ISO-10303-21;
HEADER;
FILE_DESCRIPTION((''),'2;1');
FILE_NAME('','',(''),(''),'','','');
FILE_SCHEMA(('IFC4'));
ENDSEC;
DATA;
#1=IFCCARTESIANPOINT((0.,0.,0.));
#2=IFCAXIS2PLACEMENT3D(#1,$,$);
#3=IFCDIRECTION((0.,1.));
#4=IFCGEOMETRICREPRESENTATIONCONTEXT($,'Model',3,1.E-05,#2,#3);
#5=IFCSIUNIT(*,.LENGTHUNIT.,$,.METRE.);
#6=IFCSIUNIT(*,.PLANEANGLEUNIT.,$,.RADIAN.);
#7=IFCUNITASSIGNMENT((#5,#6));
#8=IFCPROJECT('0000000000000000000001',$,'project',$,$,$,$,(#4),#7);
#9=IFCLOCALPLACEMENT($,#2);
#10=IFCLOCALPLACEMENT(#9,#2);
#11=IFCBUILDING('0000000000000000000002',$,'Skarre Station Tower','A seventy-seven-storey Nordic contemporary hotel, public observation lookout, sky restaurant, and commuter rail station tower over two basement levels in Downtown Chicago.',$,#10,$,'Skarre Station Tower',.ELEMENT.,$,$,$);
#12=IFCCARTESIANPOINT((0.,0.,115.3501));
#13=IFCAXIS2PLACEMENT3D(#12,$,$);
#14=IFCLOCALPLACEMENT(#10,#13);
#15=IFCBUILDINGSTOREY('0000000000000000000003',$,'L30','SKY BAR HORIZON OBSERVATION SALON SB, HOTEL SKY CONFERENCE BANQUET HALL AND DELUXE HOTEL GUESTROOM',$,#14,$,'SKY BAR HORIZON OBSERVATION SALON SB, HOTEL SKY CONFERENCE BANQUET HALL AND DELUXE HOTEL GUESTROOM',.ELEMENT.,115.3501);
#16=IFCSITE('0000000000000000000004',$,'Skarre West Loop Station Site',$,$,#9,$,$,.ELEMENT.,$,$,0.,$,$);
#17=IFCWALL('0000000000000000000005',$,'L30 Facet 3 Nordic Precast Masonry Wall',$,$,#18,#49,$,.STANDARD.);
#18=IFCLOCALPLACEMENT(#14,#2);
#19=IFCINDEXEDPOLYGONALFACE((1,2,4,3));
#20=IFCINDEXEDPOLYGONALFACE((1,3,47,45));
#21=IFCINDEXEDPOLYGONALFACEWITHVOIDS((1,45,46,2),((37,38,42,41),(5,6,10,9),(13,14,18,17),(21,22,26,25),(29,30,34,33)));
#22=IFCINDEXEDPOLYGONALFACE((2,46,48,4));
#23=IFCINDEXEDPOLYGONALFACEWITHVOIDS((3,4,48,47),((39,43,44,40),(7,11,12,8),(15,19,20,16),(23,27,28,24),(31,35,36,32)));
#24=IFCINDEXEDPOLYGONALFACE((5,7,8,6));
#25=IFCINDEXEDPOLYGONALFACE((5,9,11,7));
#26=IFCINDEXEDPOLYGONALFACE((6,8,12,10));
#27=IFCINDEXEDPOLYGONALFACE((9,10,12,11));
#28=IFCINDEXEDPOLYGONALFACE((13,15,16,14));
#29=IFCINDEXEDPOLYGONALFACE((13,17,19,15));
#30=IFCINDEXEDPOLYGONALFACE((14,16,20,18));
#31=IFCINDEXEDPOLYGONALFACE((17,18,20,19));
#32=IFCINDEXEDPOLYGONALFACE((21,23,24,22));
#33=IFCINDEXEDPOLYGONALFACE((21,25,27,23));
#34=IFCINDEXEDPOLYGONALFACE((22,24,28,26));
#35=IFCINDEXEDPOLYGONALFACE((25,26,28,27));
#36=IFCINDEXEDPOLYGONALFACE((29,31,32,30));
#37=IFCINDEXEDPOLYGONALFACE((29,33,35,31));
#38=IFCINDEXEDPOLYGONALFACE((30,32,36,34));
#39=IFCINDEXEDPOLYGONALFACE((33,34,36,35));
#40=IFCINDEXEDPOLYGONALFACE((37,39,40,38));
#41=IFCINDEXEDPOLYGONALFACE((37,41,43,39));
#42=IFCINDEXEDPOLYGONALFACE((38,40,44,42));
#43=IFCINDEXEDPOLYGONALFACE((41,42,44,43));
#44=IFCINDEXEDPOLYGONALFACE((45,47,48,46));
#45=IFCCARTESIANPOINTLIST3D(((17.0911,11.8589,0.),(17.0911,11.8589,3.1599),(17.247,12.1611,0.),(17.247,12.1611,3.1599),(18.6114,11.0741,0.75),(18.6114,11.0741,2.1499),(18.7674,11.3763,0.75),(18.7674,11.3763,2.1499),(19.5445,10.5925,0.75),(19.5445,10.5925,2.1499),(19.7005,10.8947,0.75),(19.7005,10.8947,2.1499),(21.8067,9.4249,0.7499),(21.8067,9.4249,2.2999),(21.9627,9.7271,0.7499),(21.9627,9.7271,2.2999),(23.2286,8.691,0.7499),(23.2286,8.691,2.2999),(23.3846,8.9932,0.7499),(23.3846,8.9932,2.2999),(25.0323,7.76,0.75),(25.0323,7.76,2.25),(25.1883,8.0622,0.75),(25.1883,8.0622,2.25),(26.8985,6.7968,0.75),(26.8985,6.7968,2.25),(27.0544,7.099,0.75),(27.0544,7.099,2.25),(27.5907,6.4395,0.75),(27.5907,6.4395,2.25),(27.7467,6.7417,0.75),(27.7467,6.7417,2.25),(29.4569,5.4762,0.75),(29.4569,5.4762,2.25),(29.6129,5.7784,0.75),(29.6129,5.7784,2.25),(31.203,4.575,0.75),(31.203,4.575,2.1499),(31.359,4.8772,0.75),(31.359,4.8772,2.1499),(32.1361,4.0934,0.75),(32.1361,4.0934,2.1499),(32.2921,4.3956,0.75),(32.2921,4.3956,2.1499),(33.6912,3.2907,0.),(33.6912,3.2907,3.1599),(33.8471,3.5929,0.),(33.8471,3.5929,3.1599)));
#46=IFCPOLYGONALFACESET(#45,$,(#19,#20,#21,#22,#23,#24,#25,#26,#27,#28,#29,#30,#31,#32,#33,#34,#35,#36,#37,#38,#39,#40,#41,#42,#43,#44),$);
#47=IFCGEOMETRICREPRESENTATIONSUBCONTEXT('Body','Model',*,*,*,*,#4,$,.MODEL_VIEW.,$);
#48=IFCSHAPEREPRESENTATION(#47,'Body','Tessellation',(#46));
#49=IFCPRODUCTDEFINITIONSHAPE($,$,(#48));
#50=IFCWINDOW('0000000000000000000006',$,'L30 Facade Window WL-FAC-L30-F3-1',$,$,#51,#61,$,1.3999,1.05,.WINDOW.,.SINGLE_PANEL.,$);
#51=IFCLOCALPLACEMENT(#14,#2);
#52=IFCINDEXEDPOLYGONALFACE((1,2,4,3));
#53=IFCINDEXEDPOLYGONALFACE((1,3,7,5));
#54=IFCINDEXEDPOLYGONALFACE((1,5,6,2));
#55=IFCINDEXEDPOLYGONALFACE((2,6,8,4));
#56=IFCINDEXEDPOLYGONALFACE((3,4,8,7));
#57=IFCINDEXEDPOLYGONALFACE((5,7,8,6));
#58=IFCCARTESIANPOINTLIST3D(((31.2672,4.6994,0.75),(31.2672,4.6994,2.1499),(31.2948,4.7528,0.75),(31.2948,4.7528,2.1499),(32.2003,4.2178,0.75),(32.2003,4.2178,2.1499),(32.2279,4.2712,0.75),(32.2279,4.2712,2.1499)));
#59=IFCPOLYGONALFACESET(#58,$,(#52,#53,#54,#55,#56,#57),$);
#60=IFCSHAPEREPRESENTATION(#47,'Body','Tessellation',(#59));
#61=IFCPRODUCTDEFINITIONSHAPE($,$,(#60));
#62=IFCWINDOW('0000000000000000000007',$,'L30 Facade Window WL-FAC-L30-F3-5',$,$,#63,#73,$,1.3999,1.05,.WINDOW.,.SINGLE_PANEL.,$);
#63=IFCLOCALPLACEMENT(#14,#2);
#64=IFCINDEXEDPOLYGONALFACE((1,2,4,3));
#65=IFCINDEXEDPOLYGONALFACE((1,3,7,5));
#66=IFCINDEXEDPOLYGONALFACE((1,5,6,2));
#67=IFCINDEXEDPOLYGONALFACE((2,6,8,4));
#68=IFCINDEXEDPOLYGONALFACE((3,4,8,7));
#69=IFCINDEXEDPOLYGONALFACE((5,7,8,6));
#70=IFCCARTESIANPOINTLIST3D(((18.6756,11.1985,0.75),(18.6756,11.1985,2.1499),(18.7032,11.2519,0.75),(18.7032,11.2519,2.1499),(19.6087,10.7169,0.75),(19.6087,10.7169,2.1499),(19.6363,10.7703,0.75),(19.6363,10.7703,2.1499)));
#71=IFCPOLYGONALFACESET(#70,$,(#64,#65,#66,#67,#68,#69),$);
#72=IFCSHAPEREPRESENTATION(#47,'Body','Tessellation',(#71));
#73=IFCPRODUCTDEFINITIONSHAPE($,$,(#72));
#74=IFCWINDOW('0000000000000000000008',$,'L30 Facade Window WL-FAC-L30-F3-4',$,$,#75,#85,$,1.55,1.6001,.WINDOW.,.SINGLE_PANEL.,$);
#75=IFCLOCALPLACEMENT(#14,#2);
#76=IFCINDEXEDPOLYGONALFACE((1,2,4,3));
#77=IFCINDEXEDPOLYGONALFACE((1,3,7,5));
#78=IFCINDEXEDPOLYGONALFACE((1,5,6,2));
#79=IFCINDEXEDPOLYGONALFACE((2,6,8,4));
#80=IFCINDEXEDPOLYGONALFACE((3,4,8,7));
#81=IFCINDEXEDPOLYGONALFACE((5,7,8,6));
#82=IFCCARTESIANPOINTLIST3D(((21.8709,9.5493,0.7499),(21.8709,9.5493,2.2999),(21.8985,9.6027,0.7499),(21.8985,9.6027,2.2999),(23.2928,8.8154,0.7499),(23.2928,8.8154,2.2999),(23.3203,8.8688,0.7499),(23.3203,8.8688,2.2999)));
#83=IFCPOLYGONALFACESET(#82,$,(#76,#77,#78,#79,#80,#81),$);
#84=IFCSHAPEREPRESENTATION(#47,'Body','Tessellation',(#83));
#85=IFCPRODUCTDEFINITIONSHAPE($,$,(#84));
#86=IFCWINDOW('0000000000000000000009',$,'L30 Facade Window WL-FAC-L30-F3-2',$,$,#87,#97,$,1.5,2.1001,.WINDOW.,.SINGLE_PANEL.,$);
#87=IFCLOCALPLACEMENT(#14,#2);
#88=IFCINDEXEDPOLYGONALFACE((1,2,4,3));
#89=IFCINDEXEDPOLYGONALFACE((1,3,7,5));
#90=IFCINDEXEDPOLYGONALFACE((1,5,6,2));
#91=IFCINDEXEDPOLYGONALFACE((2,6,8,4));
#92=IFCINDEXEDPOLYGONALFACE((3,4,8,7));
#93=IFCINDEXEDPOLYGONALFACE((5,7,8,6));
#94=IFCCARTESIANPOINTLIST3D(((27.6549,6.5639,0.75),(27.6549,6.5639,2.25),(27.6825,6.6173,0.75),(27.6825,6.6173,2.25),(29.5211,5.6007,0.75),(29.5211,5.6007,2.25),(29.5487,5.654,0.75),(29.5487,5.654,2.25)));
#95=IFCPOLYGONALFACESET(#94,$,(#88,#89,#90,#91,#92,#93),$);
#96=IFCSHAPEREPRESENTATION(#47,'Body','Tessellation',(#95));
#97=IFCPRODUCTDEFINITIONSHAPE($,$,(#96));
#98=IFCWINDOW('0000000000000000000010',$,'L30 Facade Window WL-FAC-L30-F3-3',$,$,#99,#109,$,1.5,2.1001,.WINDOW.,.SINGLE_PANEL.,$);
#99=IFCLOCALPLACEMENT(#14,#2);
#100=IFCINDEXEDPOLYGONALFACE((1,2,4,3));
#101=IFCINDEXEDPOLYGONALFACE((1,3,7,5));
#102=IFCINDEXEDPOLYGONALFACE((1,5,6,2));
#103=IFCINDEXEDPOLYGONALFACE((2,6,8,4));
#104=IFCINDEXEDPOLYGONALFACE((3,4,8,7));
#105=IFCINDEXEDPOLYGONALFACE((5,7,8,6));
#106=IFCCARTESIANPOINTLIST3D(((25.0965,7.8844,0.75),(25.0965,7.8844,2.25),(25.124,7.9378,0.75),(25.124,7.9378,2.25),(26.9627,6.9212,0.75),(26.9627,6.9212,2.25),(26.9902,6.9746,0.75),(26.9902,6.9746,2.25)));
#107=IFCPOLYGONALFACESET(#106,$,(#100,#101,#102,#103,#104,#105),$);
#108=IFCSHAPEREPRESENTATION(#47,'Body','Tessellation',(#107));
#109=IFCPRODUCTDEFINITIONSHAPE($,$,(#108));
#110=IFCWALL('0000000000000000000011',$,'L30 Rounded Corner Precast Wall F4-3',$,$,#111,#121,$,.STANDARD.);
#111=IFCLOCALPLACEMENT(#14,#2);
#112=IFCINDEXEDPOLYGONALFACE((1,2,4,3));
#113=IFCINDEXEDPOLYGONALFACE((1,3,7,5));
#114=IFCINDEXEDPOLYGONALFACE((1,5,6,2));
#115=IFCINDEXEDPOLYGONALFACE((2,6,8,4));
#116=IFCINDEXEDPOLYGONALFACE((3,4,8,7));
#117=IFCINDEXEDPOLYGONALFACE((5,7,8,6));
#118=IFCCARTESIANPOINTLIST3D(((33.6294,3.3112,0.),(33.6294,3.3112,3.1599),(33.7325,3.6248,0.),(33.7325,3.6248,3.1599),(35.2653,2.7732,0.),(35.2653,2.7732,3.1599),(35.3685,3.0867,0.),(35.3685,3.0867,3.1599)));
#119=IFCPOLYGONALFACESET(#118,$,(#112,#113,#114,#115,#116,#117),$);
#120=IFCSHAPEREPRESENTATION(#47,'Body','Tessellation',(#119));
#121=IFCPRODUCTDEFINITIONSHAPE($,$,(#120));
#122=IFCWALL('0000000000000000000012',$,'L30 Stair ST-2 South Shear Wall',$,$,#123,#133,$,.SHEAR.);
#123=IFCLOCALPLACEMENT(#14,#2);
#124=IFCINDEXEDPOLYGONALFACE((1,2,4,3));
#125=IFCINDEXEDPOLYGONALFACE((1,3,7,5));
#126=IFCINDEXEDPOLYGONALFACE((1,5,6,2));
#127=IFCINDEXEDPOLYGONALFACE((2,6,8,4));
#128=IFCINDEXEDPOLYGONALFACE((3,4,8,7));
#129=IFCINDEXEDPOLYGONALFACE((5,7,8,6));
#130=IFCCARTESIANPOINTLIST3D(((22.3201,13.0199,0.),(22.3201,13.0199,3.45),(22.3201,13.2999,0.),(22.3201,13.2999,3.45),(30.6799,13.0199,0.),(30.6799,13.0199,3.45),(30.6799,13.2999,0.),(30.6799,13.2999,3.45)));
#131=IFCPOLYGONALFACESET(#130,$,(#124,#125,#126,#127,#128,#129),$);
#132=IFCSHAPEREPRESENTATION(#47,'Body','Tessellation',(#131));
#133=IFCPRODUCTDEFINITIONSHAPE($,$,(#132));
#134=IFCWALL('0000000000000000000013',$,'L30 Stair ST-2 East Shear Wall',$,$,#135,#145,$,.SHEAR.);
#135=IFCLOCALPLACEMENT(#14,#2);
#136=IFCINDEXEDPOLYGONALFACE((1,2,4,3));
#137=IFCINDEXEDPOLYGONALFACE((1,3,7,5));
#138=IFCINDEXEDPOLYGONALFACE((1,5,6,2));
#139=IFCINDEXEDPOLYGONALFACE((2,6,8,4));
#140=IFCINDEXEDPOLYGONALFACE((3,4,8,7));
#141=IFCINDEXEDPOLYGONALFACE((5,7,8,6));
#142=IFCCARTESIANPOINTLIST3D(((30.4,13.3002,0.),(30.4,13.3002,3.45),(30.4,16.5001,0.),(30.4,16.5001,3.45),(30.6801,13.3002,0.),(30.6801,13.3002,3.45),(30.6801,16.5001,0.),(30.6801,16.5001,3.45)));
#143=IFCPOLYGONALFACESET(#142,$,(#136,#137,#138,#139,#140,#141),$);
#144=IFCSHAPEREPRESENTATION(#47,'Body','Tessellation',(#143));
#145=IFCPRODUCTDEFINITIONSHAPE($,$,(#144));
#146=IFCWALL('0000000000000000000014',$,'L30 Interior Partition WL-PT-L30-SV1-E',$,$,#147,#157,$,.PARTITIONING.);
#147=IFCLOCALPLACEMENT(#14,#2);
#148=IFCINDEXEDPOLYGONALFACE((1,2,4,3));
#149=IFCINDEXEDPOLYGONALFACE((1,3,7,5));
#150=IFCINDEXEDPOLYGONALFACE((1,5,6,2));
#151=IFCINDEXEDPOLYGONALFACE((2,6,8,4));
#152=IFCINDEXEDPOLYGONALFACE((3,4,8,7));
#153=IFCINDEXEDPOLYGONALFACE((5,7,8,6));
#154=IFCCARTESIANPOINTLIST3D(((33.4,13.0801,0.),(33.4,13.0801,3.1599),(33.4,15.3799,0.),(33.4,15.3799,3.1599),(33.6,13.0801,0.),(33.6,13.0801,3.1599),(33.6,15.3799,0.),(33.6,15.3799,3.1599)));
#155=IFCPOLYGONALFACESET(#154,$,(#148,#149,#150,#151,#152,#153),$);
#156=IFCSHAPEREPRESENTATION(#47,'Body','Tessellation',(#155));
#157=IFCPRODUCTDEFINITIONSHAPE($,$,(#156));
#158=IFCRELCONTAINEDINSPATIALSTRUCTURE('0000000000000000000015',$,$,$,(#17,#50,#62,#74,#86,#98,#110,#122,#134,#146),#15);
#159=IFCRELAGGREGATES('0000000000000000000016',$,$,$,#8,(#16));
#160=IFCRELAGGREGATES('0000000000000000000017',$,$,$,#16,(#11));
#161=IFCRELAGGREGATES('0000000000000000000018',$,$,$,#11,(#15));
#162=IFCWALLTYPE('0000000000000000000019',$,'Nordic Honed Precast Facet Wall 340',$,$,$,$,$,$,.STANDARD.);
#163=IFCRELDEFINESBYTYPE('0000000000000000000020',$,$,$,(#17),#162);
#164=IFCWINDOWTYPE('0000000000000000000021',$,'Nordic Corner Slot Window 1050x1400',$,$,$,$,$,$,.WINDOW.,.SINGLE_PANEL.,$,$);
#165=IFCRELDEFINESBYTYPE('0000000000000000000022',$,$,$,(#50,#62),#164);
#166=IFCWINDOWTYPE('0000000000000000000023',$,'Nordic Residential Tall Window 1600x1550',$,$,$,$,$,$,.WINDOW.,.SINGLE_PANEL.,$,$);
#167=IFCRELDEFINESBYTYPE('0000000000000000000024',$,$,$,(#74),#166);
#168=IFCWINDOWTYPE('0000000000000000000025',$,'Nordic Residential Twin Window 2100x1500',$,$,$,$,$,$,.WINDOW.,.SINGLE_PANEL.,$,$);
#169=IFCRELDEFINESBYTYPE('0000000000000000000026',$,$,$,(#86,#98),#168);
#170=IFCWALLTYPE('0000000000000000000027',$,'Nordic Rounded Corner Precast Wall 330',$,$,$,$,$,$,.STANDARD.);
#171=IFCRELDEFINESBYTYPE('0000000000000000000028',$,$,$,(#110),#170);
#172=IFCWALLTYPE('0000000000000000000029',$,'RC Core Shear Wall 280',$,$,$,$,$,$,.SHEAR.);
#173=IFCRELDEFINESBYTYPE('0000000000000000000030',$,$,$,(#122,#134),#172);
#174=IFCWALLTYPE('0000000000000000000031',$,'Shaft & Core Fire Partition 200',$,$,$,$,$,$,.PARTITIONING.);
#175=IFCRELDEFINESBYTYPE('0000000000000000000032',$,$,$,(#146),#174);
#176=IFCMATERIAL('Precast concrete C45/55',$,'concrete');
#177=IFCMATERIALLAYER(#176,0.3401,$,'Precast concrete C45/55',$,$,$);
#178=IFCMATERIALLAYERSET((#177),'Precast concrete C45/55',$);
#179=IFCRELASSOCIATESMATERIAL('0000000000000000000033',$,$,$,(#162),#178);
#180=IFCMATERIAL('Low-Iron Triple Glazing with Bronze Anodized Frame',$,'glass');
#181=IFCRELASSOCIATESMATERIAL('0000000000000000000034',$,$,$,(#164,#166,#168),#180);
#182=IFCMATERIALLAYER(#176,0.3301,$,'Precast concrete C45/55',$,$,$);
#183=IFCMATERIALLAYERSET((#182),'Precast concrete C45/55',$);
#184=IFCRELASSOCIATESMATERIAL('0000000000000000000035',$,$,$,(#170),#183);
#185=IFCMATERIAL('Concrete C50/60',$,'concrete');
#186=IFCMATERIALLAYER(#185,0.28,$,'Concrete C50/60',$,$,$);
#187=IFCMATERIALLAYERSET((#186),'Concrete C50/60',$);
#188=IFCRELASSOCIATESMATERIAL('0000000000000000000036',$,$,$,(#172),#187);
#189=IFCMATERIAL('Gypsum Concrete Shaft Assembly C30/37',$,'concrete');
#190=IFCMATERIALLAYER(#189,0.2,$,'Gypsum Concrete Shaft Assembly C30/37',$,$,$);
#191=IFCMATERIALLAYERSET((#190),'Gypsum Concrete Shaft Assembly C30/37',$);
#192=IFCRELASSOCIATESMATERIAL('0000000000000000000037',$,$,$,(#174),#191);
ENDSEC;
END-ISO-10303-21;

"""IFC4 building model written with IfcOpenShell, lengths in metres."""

from ifc_helpers import new_model, si_unit, direction, frame, frame_2d, origin, place, context, subcontext, project, spatial, rectangle, extrude, material, layer, layer_set, type_object, element, fill, save


model = new_model("IFC4")

# Units and contexts
model_context = context("Model", 3, precision=1e-05, world=origin(), true_north=direction((0.0, 1.0)))
body_context = subcontext(model_context, "Body", "Model", "MODEL_VIEW")
ifc_project = project(units=[si_unit("LENGTHUNIT", "METRE"), si_unit("PLANEANGLEUNIT", "RADIAN")], contexts=[model_context])

# Site, building, storey
site_placement = place(None, origin())
site = spatial("IfcSite", under=ifc_project, at=site_placement, Name="Skarre West Loop Station Site", CompositionType="ELEMENT", RefElevation=0.0)
building_placement = place(site_placement, origin())
building = spatial("IfcBuilding", under=site, at=building_placement, Name="Skarre Station Tower", Description="A seventy-seven-storey Nordic contemporary hotel, public observation lookout, sky restaurant, and commuter rail station tower over two basement levels in Downtown Chicago.", LongName="Skarre Station Tower", CompositionType="ELEMENT")
storey_placement = place(building_placement, frame((0.0, 0.0, 115.3501)))
storey = spatial("IfcBuildingStorey", under=building, at=storey_placement, Name="L30", Description="SKY BAR HORIZON OBSERVATION SALON SB, HOTEL SKY CONFERENCE BANQUET HALL AND DELUXE HOTEL GUESTROOM", LongName="SKY BAR HORIZON OBSERVATION SALON SB, HOTEL SKY CONFERENCE BANQUET HALL AND DELUXE HOTEL GUESTROOM", CompositionType="ELEMENT", Elevation=115.3501)

# Wall, openings, windows
ifc_material_1 = material(Name="Precast concrete C45/55", Category="concrete")
ifc_layer_1 = layer(ifc_material_1, 0.3401, Name="Precast concrete C45/55")
ifc_layer_set_1 = layer_set([ifc_layer_1], Name="Precast concrete C45/55")
wall_type_1 = type_object("IfcWallType", Name="Nordic Honed Precast Facet Wall 340", PredefinedType="STANDARD", material=ifc_layer_set_1)
wall_1_placement = place(storey_placement, frame((33.769, 3.4419, 0.0), z_axis=(0.0, 0.0, 1.0), x_axis=(-0.888614, 0.458657, 0.0)))
wall_1 = element("IfcWall", 1, at=wall_1_placement, inside=storey, type_object=wall_type_1, Name="L30 Facet 3 Nordic Precast Masonry Wall", PredefinedType="STANDARD", context=body_context, shape_type="SweptSolid", body=[
    extrude(rectangle(XDim=18.6809, YDim=0.3401, at=frame_2d((9.3403, 0.0))), origin(), (0.0, 0.0, 1.0), 3.1599),
])
opening_1_placement = place(wall_1_placement, frame((1.75, 0.0, 0.75)))
opening_1 = element("IfcOpeningElement", 2, at=opening_1_placement, cuts=wall_1, PredefinedType="OPENING", context=body_context, shape_type="SweptSolid", body=[
    extrude(rectangle(XDim=1.05, YDim=1.3999, at=frame_2d((0.5249, 0.7))), frame((0.0, 0.1799, 0.0), z_axis=(0.0, -1.0, 0.0), x_axis=(1.0, 0.0, 0.0)), (0.0, 0.0, 1.0), 0.3601),
])
opening_2_placement = place(wall_1_placement, frame((4.7649, 0.0, 0.75)))
opening_2 = element("IfcOpeningElement", 3, at=opening_2_placement, cuts=wall_1, PredefinedType="OPENING", context=body_context, shape_type="SweptSolid", body=[
    extrude(rectangle(XDim=2.1001, YDim=1.5, at=frame_2d((1.05, 0.75))), frame((0.0, 0.1799, 0.0), z_axis=(0.0, -1.0, 0.0), x_axis=(1.0, 0.0, 0.0)), (0.0, 0.0, 1.0), 0.3601),
])
opening_3_placement = place(wall_1_placement, frame((7.644, 0.0, 0.75)))
opening_3 = element("IfcOpeningElement", 4, at=opening_3_placement, cuts=wall_1, PredefinedType="OPENING", context=body_context, shape_type="SweptSolid", body=[
    extrude(rectangle(XDim=2.1001, YDim=1.5, at=frame_2d((1.05, 0.75))), frame((0.0, 0.1799, 0.0), z_axis=(0.0, -1.0, 0.0), x_axis=(1.0, 0.0, 0.0)), (0.0, 0.0, 1.0), 0.3601),
])
opening_4_placement = place(wall_1_placement, frame((11.7739, 0.0, 0.75)))
opening_4 = element("IfcOpeningElement", 5, at=opening_4_placement, cuts=wall_1, PredefinedType="OPENING", context=body_context, shape_type="SweptSolid", body=[
    extrude(rectangle(XDim=1.6001, YDim=1.55, at=frame_2d((0.8, 0.7749))), frame((0.0, 0.1799, 0.0), z_axis=(0.0, -1.0, 0.0), x_axis=(1.0, 0.0, 0.0)), (0.0, 0.0, 1.0), 0.3601),
])
opening_5_placement = place(wall_1_placement, frame((15.9199, 0.0, 0.75)))
opening_5 = element("IfcOpeningElement", 6, at=opening_5_placement, cuts=wall_1, PredefinedType="OPENING", context=body_context, shape_type="SweptSolid", body=[
    extrude(rectangle(XDim=1.05, YDim=1.3999, at=frame_2d((0.5249, 0.7))), frame((0.0, 0.1799, 0.0), z_axis=(0.0, -1.0, 0.0), x_axis=(1.0, 0.0, 0.0)), (0.0, 0.0, 1.0), 0.3601),
])
ifc_material_2 = material(Name="Low-Iron Triple Glazing with Bronze Anodized Frame", Category="glass")
window_type_1 = type_object("IfcWindowType", Name="Nordic Corner Slot Window 1050x1400", PartitioningType="SINGLE_PANEL", PredefinedType="WINDOW", material=ifc_material_2)
window_1_placement = place(opening_1_placement, origin())
window_1 = element("IfcWindow", 7, at=window_1_placement, inside=storey, type_object=window_type_1, Name="L30 Facade Window WL-FAC-L30-F3-1", OverallHeight=1.3999, OverallWidth=1.05, PartitioningType="SINGLE_PANEL", PredefinedType="WINDOW", context=body_context, shape_type="SweptSolid", body=[
    extrude(rectangle(XDim=1.05, YDim=1.3999, at=frame_2d((0.5249, 0.7))), frame((0.0, 0.03, 0.0), z_axis=(0.0, -1.0, 0.0), x_axis=(1.0, 0.0, 0.0)), (0.0, 0.0, 1.0), 0.0601),
])
fill(opening_1, window_1)
window_2_placement = place(opening_5_placement, origin())
window_2 = element("IfcWindow", 8, at=window_2_placement, inside=storey, type_object=window_type_1, Name="L30 Facade Window WL-FAC-L30-F3-5", OverallHeight=1.3999, OverallWidth=1.05, PartitioningType="SINGLE_PANEL", PredefinedType="WINDOW", context=body_context, shape_type="SweptSolid", body=[
    extrude(rectangle(XDim=1.05, YDim=1.3999, at=frame_2d((0.5249, 0.7))), frame((0.0, 0.03, 0.0), z_axis=(0.0, -1.0, 0.0), x_axis=(1.0, 0.0, 0.0)), (0.0, 0.0, 1.0), 0.0601),
])
fill(opening_5, window_2)
window_type_2 = type_object("IfcWindowType", Name="Nordic Residential Tall Window 1600x1550", PartitioningType="SINGLE_PANEL", PredefinedType="WINDOW", material=ifc_material_2)
window_3_placement = place(opening_4_placement, origin())
window_3 = element("IfcWindow", 9, at=window_3_placement, inside=storey, type_object=window_type_2, Name="L30 Facade Window WL-FAC-L30-F3-4", OverallHeight=1.55, OverallWidth=1.6001, PartitioningType="SINGLE_PANEL", PredefinedType="WINDOW", context=body_context, shape_type="SweptSolid", body=[
    extrude(rectangle(XDim=1.6001, YDim=1.55, at=frame_2d((0.8, 0.7749))), frame((0.0, 0.03, 0.0), z_axis=(0.0, -1.0, 0.0), x_axis=(1.0, 0.0, 0.0)), (0.0, 0.0, 1.0), 0.0601),
])
fill(opening_4, window_3)
window_type_3 = type_object("IfcWindowType", Name="Nordic Residential Twin Window 2100x1500", PartitioningType="SINGLE_PANEL", PredefinedType="WINDOW", material=ifc_material_2)
window_4_placement = place(opening_2_placement, origin())
window_4 = element("IfcWindow", 10, at=window_4_placement, inside=storey, type_object=window_type_3, Name="L30 Facade Window WL-FAC-L30-F3-2", OverallHeight=1.5, OverallWidth=2.1001, PartitioningType="SINGLE_PANEL", PredefinedType="WINDOW", context=body_context, shape_type="SweptSolid", body=[
    extrude(rectangle(XDim=2.1001, YDim=1.5, at=frame_2d((1.05, 0.75))), frame((0.0, 0.03, 0.0), z_axis=(0.0, -1.0, 0.0), x_axis=(1.0, 0.0, 0.0)), (0.0, 0.0, 1.0), 0.0601),
])
fill(opening_2, window_4)
window_5_placement = place(opening_3_placement, origin())
window_5 = element("IfcWindow", 11, at=window_5_placement, inside=storey, type_object=window_type_3, Name="L30 Facade Window WL-FAC-L30-F3-3", OverallHeight=1.5, OverallWidth=2.1001, PartitioningType="SINGLE_PANEL", PredefinedType="WINDOW", context=body_context, shape_type="SweptSolid", body=[
    extrude(rectangle(XDim=2.1001, YDim=1.5, at=frame_2d((1.05, 0.75))), frame((0.0, 0.03, 0.0), z_axis=(0.0, -1.0, 0.0), x_axis=(1.0, 0.0, 0.0)), (0.0, 0.0, 1.0), 0.0601),
])
fill(opening_3, window_5)

# Walls
ifc_layer_2 = layer(ifc_material_1, 0.3301, Name="Precast concrete C45/55")
ifc_layer_set_2 = layer_set([ifc_layer_2], Name="Precast concrete C45/55")
wall_type_2 = type_object("IfcWallType", Name="Nordic Rounded Corner Precast Wall 330", PredefinedType="STANDARD", material=ifc_layer_set_2)
wall_2_placement = place(storey_placement, frame((35.3169, 2.9299, 0.0), z_axis=(0.0, 0.0, 1.0), x_axis=(-0.949937, 0.31244, 0.0)))
element("IfcWall", 12, at=wall_2_placement, inside=storey, type_object=wall_type_2, Name="L30 Rounded Corner Precast Wall F4-3", PredefinedType="STANDARD", context=body_context, shape_type="SweptSolid", body=[
    extrude(rectangle(XDim=1.7222, YDim=0.3301, at=frame_2d((0.8611, 0.0))), origin(), (0.0, 0.0, 1.0), 3.1599),
])
ifc_material_3 = material(Name="Concrete C50/60", Category="concrete")
ifc_layer_3 = layer(ifc_material_3, 0.28, Name="Concrete C50/60")
ifc_layer_set_3 = layer_set([ifc_layer_3], Name="Concrete C50/60")
wall_type_3 = type_object("IfcWallType", Name="RC Core Shear Wall 280", PredefinedType="SHEAR", material=ifc_layer_set_3)
wall_3_placement = place(storey_placement, frame((22.3201, 13.1599, 0.0), z_axis=(0.0, 0.0, 1.0), x_axis=(1.0, 0.0, 0.0)))
element("IfcWall", 13, at=wall_3_placement, inside=storey, type_object=wall_type_3, Name="L30 Stair ST-2 South Shear Wall", PredefinedType="SHEAR", context=body_context, shape_type="SweptSolid", body=[
    extrude(rectangle(XDim=8.3599, YDim=0.28, at=frame_2d((4.1799, 0.0))), origin(), (0.0, 0.0, 1.0), 3.45),
])
wall_4_placement = place(storey_placement, frame((30.54, 13.3, 0.0), z_axis=(0.0, 0.0, 1.0), x_axis=(0.0, 1.0, 0.0)))
element("IfcWall", 14, at=wall_4_placement, inside=storey, type_object=wall_type_3, Name="L30 Stair ST-2 East Shear Wall", PredefinedType="SHEAR", context=body_context, shape_type="SweptSolid", body=[
    extrude(rectangle(XDim=3.2, YDim=0.28, at=frame_2d((1.6001, 0.0))), origin(), (0.0, 0.0, 1.0), 3.45),
])
ifc_material_4 = material(Name="Gypsum Concrete Shaft Assembly C30/37", Category="concrete")
ifc_layer_4 = layer(ifc_material_4, 0.2, Name="Gypsum Concrete Shaft Assembly C30/37")
ifc_layer_set_4 = layer_set([ifc_layer_4], Name="Gypsum Concrete Shaft Assembly C30/37")
wall_type_4 = type_object("IfcWallType", Name="Shaft & Core Fire Partition 200", PredefinedType="PARTITIONING", material=ifc_layer_set_4)
wall_5_placement = place(storey_placement, frame((33.5, 13.0801, 0.0), z_axis=(0.0, 0.0, 1.0), x_axis=(0.0, 1.0, 0.0)))
element("IfcWall", 15, at=wall_5_placement, inside=storey, type_object=wall_type_4, Name="L30 Interior Partition WL-PT-L30-SV1-E", PredefinedType="PARTITIONING", context=body_context, shape_type="SweptSolid", body=[
    extrude(rectangle(XDim=2.2998, YDim=0.2, at=frame_2d((1.1499, 0.0))), origin(), (0.0, 0.0, 1.0), 3.1599),
])

save(model, "model.ifc")
